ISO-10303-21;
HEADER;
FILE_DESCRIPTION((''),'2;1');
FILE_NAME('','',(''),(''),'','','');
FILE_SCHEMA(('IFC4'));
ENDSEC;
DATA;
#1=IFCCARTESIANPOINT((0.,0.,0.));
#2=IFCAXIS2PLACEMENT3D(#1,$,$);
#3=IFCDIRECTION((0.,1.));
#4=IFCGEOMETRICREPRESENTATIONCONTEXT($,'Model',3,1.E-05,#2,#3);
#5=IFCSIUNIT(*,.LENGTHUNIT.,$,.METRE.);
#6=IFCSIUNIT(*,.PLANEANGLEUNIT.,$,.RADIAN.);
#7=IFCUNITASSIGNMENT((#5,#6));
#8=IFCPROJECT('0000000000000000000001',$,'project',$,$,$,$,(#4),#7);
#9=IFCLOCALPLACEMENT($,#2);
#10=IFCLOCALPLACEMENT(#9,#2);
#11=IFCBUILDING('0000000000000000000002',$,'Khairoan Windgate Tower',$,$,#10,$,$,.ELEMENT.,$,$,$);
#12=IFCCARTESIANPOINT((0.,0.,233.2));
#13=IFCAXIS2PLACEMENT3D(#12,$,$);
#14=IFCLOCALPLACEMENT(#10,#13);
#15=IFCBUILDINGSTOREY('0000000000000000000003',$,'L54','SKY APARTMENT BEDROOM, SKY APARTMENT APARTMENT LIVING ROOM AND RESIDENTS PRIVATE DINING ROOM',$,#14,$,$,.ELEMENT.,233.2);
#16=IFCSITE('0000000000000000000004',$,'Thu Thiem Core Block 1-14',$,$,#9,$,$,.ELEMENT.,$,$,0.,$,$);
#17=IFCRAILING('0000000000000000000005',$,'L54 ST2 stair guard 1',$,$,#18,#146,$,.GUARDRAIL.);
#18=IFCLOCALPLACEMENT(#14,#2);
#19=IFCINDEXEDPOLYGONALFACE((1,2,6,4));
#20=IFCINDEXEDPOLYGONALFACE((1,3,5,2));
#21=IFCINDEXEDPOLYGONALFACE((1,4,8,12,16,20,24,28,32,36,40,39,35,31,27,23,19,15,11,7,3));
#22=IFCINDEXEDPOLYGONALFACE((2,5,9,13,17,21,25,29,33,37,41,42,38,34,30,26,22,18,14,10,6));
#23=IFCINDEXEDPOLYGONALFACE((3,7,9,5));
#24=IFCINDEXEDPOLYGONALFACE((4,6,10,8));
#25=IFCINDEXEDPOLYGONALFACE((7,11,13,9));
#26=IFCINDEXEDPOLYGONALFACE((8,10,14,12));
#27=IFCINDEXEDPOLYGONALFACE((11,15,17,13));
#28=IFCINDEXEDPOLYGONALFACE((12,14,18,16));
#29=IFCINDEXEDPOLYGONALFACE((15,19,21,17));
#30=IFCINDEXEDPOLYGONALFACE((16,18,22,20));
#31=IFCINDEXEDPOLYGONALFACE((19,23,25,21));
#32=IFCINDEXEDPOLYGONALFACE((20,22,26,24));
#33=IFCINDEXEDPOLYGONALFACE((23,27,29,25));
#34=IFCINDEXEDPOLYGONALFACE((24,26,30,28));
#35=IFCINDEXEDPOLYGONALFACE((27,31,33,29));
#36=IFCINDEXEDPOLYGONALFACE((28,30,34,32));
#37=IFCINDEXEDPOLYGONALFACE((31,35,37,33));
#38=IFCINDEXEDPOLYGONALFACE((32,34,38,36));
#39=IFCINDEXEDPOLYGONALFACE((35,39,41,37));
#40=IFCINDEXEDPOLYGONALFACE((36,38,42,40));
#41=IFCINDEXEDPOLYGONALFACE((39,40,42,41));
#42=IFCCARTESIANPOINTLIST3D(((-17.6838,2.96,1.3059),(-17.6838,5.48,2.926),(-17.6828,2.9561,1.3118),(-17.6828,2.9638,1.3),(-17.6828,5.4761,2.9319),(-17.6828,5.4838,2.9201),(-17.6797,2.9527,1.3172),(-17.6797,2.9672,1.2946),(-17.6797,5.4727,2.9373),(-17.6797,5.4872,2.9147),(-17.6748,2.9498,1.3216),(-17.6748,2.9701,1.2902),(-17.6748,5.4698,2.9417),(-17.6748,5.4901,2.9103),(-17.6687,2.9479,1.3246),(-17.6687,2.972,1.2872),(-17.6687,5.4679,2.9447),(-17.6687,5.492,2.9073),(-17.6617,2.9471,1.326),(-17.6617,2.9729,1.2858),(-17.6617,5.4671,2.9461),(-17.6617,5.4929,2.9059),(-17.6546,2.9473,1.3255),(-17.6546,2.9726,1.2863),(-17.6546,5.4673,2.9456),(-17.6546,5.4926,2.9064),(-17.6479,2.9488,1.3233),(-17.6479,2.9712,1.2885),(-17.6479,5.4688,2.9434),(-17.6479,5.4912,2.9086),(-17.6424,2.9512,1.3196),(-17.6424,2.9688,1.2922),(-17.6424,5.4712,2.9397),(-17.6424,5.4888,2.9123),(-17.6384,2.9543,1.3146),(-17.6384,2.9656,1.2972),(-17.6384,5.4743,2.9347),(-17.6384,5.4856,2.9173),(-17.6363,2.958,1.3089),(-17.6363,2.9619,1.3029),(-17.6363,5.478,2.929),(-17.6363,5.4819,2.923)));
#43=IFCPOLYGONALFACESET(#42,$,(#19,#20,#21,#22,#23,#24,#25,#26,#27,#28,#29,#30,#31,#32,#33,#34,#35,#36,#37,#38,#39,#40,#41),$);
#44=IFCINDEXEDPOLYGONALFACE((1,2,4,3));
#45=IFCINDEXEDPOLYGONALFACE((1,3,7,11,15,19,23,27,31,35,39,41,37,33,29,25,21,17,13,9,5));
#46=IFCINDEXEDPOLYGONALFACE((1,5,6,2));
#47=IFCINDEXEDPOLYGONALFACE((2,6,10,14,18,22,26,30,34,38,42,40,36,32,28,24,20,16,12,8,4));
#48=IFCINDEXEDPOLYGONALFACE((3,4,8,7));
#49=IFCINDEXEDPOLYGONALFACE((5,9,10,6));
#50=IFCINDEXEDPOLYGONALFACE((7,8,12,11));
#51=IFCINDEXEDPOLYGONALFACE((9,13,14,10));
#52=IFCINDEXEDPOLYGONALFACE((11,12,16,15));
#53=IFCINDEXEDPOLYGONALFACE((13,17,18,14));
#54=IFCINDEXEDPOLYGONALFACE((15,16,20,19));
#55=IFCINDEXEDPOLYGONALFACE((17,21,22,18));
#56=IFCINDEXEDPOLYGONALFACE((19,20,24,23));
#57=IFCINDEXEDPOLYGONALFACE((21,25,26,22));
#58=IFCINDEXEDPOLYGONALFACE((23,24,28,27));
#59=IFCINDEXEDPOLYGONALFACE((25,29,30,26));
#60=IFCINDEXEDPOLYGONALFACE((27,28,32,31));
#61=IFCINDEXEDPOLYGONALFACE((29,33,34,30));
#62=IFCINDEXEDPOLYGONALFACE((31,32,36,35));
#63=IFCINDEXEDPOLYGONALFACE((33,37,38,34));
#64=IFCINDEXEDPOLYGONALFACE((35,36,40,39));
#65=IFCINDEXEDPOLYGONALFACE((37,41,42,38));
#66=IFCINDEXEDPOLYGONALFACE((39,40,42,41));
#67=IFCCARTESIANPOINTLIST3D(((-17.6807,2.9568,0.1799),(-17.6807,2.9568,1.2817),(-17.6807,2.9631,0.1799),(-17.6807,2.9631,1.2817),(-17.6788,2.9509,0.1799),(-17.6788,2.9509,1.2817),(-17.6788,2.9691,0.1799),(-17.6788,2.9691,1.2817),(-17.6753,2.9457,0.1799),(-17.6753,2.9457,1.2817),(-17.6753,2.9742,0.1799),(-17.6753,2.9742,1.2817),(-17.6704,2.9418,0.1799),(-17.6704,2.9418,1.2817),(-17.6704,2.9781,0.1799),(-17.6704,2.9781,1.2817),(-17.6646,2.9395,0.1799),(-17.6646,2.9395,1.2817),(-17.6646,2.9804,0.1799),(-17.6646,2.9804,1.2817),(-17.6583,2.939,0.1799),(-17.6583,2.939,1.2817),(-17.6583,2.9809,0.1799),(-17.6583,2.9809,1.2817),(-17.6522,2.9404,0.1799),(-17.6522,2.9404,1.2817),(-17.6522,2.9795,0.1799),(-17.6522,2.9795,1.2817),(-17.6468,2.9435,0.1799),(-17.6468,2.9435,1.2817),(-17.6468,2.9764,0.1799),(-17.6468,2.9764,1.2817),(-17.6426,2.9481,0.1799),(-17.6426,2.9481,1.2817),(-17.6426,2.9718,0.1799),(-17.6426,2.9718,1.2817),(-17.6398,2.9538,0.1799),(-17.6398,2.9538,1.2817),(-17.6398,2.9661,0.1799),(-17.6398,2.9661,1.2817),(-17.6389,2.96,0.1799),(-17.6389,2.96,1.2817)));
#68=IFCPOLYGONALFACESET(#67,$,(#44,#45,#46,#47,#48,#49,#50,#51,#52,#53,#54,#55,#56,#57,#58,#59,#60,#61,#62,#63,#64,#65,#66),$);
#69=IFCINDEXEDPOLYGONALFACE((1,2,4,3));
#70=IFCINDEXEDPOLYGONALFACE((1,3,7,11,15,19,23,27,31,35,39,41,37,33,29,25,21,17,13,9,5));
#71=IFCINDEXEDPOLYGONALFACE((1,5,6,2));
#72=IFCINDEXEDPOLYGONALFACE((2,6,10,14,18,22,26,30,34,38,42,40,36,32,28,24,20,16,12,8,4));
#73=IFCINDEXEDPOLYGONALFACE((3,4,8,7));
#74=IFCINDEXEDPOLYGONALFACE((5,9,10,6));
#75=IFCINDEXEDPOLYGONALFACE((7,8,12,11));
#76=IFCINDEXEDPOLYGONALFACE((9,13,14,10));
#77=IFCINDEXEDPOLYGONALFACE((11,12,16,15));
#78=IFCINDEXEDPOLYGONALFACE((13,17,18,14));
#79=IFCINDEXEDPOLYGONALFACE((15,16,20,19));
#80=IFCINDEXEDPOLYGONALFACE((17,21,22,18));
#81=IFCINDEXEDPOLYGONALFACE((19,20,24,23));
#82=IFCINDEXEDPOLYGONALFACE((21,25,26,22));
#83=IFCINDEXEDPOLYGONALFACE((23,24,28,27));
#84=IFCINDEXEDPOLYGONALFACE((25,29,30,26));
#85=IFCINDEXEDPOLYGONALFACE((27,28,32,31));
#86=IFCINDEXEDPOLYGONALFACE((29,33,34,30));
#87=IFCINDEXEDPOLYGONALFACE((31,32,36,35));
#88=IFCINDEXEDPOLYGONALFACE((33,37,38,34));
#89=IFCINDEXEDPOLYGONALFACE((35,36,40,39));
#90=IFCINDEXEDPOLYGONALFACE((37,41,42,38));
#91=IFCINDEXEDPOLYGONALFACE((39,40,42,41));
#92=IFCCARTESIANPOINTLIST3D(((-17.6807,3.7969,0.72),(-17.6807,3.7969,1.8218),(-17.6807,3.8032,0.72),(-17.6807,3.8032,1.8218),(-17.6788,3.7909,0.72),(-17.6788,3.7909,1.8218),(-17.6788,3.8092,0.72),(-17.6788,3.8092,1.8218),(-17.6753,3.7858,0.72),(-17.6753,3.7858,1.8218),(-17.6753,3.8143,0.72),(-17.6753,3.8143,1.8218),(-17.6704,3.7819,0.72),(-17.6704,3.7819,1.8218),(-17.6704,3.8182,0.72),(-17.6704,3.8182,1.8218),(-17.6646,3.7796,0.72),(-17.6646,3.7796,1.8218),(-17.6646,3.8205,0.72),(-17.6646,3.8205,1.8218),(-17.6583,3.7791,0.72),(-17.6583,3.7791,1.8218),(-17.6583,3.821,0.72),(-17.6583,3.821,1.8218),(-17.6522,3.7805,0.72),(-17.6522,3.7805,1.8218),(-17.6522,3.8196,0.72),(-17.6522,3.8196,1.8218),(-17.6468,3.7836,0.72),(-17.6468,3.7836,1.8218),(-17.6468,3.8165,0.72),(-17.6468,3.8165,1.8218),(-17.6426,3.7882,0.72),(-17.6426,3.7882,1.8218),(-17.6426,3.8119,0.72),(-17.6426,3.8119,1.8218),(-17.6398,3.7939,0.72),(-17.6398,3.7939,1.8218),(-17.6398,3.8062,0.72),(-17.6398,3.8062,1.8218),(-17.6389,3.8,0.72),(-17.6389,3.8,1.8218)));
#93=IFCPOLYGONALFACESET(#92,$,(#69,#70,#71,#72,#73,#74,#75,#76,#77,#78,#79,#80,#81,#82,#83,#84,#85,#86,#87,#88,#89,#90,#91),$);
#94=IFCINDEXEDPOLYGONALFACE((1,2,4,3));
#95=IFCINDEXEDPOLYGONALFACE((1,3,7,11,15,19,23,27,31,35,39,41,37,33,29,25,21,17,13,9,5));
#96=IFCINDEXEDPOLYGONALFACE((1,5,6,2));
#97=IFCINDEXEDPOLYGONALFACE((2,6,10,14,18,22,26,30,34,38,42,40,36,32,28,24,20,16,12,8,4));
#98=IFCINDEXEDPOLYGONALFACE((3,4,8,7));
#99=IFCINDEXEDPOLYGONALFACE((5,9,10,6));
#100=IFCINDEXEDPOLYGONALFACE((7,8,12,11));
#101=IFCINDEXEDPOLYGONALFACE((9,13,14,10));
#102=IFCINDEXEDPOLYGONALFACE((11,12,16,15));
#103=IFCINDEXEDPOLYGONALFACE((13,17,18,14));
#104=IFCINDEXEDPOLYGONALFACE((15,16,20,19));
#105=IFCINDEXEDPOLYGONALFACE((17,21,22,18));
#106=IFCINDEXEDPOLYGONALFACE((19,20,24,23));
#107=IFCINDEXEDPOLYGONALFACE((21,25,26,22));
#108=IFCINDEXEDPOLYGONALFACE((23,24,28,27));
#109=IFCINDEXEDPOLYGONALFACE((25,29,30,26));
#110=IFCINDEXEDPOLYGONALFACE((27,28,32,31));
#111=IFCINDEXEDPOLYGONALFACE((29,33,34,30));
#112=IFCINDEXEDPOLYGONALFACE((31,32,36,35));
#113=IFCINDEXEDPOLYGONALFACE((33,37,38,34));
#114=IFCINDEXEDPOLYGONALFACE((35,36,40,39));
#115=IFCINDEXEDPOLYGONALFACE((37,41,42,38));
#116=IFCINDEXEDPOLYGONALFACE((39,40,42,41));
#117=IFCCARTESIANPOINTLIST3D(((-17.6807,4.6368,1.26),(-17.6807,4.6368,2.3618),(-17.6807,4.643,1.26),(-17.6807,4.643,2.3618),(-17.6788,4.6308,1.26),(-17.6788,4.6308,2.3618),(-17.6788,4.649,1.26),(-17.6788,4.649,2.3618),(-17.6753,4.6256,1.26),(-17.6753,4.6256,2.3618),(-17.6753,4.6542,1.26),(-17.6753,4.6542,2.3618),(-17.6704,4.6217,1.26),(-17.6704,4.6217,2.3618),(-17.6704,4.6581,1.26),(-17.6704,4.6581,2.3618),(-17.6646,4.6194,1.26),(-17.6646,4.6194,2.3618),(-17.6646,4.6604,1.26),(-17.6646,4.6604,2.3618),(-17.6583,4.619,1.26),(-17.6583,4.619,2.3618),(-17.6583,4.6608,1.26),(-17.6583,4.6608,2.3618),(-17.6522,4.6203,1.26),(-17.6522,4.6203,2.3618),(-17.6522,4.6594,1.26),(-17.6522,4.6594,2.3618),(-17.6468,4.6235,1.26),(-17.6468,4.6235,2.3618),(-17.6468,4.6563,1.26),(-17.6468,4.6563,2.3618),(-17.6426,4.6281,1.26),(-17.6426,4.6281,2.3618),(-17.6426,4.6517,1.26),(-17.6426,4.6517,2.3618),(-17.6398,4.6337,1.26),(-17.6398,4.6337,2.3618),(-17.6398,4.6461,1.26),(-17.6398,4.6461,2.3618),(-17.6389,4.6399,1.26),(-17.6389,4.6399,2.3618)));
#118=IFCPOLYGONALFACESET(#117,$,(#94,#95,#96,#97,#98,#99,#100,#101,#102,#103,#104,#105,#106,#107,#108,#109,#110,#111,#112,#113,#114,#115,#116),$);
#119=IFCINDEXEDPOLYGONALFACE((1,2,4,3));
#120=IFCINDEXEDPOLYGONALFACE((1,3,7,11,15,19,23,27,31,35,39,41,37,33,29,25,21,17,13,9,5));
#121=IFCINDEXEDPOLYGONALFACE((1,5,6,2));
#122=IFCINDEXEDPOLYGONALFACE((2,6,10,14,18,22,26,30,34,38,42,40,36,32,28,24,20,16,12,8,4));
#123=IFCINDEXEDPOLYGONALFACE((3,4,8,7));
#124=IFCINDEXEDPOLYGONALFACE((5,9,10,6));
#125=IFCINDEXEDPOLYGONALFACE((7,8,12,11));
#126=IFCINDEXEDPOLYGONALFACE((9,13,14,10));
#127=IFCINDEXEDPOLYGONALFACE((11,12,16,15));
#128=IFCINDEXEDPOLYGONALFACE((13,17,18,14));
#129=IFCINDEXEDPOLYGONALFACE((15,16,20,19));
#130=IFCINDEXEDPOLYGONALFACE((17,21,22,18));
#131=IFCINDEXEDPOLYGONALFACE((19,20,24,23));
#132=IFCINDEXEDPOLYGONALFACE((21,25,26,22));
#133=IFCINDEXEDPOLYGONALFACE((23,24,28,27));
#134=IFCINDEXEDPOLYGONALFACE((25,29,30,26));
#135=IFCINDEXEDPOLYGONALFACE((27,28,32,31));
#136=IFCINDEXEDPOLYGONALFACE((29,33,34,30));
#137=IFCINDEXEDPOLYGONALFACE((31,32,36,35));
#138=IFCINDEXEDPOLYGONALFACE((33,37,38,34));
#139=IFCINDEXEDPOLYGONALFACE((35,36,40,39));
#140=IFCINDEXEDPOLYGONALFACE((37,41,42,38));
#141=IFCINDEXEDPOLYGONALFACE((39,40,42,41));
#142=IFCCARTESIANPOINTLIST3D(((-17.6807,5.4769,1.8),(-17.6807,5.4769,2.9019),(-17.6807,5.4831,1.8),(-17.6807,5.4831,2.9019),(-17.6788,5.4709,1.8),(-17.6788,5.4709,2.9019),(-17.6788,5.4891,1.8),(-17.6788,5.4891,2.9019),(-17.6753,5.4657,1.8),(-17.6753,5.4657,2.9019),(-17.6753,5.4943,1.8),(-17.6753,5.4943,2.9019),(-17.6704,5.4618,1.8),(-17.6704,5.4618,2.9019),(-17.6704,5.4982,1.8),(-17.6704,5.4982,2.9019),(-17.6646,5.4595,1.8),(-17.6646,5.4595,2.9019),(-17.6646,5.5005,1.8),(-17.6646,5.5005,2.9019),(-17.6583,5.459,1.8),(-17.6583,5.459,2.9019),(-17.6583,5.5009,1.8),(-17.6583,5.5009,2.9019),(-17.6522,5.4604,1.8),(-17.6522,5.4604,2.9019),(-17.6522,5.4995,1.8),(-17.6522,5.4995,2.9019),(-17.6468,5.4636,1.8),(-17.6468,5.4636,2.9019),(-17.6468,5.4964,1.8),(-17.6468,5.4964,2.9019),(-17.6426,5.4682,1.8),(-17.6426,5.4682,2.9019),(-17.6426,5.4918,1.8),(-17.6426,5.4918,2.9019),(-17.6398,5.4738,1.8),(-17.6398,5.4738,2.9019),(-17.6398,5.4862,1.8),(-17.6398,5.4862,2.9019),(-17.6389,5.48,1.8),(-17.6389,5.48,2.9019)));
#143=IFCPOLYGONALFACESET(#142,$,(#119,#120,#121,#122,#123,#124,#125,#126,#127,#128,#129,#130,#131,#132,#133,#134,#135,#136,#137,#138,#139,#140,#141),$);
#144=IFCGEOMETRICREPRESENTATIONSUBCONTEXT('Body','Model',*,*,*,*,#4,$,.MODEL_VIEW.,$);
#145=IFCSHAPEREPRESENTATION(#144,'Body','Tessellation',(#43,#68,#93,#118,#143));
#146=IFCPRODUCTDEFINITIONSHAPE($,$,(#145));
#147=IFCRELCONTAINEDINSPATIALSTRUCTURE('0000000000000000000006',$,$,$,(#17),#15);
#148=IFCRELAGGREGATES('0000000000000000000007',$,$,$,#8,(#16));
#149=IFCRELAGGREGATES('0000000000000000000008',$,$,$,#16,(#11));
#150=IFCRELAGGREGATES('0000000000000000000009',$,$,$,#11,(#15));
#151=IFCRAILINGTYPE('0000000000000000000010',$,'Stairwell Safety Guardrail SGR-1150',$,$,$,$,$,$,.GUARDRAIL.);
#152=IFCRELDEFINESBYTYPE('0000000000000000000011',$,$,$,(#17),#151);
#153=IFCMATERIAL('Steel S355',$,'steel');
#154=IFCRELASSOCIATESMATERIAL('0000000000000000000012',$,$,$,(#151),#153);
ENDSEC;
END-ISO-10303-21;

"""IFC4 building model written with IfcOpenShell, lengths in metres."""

from ifc_helpers import new_model, si_unit, direction, frame, origin, origin_2d, place, context, subcontext, project, spatial, circle, extrude, material, type_object, element, save


model = new_model("IFC4")

# Units and contexts
model_context = context("Model", 3, precision=1e-05, world=origin(), true_north=direction((0.0, 1.0)))
body_context = subcontext(model_context, "Body", "Model", "MODEL_VIEW")
ifc_project = project(units=[si_unit("LENGTHUNIT", "METRE"), si_unit("PLANEANGLEUNIT", "RADIAN")], contexts=[model_context])

# Site, building, storey
site_placement = place(None, origin())
site = spatial("IfcSite", under=ifc_project, at=site_placement, Name="Thu Thiem Core Block 1-14", CompositionType="ELEMENT", RefElevation=0.0)
building_placement = place(site_placement, origin())
building = spatial("IfcBuilding", under=site, at=building_placement, Name="Khairoan Windgate Tower", CompositionType="ELEMENT")
storey_placement = place(building_placement, frame((0.0, 0.0, 233.2)))
storey = spatial("IfcBuildingStorey", under=building, at=storey_placement, Name="L54", Description="SKY APARTMENT BEDROOM, SKY APARTMENT APARTMENT LIVING ROOM AND RESIDENTS PRIVATE DINING ROOM", CompositionType="ELEMENT", Elevation=233.2)

# Railing
ifc_material_1 = material(Name="Steel S355", Category="steel")
railing_type_1 = type_object("IfcRailingType", Name="Stairwell Safety Guardrail SGR-1150", PredefinedType="GUARDRAIL", material=ifc_material_1)
railing_1_placement = place(storey_placement, frame((-17.6599, 2.96, 0.1799)))
element("IfcRailing", 1, at=railing_1_placement, inside=storey, type_object=railing_type_1, Name="L54 ST2 stair guard 1", PredefinedType="GUARDRAIL", context=body_context, shape_type="SweptSolid", body=[
    extrude(circle(Radius=0.0239, at=origin_2d()), frame((0.0, 0.0, 1.126), z_axis=(0.0, 0.841163, 0.540782), x_axis=(-1.0, 0.0, 0.0)), (0.0, 0.0, 1.0), 2.9958),
    extrude(circle(Radius=0.021, at=origin_2d()), origin(), (0.0, 0.0, 1.0), 1.1018),
    extrude(circle(Radius=0.021, at=origin_2d()), frame((0.0, 0.8401, 0.54)), (0.0, 0.0, 1.0), 1.1018),
    extrude(circle(Radius=0.021, at=origin_2d()), frame((0.0, 1.6799, 1.0801)), (0.0, 0.0, 1.0), 1.1018),
    extrude(circle(Radius=0.021, at=origin_2d()), frame((0.0, 2.52, 1.6201)), (0.0, 0.0, 1.0), 1.1018),
])

save(model, "model.ifc")
